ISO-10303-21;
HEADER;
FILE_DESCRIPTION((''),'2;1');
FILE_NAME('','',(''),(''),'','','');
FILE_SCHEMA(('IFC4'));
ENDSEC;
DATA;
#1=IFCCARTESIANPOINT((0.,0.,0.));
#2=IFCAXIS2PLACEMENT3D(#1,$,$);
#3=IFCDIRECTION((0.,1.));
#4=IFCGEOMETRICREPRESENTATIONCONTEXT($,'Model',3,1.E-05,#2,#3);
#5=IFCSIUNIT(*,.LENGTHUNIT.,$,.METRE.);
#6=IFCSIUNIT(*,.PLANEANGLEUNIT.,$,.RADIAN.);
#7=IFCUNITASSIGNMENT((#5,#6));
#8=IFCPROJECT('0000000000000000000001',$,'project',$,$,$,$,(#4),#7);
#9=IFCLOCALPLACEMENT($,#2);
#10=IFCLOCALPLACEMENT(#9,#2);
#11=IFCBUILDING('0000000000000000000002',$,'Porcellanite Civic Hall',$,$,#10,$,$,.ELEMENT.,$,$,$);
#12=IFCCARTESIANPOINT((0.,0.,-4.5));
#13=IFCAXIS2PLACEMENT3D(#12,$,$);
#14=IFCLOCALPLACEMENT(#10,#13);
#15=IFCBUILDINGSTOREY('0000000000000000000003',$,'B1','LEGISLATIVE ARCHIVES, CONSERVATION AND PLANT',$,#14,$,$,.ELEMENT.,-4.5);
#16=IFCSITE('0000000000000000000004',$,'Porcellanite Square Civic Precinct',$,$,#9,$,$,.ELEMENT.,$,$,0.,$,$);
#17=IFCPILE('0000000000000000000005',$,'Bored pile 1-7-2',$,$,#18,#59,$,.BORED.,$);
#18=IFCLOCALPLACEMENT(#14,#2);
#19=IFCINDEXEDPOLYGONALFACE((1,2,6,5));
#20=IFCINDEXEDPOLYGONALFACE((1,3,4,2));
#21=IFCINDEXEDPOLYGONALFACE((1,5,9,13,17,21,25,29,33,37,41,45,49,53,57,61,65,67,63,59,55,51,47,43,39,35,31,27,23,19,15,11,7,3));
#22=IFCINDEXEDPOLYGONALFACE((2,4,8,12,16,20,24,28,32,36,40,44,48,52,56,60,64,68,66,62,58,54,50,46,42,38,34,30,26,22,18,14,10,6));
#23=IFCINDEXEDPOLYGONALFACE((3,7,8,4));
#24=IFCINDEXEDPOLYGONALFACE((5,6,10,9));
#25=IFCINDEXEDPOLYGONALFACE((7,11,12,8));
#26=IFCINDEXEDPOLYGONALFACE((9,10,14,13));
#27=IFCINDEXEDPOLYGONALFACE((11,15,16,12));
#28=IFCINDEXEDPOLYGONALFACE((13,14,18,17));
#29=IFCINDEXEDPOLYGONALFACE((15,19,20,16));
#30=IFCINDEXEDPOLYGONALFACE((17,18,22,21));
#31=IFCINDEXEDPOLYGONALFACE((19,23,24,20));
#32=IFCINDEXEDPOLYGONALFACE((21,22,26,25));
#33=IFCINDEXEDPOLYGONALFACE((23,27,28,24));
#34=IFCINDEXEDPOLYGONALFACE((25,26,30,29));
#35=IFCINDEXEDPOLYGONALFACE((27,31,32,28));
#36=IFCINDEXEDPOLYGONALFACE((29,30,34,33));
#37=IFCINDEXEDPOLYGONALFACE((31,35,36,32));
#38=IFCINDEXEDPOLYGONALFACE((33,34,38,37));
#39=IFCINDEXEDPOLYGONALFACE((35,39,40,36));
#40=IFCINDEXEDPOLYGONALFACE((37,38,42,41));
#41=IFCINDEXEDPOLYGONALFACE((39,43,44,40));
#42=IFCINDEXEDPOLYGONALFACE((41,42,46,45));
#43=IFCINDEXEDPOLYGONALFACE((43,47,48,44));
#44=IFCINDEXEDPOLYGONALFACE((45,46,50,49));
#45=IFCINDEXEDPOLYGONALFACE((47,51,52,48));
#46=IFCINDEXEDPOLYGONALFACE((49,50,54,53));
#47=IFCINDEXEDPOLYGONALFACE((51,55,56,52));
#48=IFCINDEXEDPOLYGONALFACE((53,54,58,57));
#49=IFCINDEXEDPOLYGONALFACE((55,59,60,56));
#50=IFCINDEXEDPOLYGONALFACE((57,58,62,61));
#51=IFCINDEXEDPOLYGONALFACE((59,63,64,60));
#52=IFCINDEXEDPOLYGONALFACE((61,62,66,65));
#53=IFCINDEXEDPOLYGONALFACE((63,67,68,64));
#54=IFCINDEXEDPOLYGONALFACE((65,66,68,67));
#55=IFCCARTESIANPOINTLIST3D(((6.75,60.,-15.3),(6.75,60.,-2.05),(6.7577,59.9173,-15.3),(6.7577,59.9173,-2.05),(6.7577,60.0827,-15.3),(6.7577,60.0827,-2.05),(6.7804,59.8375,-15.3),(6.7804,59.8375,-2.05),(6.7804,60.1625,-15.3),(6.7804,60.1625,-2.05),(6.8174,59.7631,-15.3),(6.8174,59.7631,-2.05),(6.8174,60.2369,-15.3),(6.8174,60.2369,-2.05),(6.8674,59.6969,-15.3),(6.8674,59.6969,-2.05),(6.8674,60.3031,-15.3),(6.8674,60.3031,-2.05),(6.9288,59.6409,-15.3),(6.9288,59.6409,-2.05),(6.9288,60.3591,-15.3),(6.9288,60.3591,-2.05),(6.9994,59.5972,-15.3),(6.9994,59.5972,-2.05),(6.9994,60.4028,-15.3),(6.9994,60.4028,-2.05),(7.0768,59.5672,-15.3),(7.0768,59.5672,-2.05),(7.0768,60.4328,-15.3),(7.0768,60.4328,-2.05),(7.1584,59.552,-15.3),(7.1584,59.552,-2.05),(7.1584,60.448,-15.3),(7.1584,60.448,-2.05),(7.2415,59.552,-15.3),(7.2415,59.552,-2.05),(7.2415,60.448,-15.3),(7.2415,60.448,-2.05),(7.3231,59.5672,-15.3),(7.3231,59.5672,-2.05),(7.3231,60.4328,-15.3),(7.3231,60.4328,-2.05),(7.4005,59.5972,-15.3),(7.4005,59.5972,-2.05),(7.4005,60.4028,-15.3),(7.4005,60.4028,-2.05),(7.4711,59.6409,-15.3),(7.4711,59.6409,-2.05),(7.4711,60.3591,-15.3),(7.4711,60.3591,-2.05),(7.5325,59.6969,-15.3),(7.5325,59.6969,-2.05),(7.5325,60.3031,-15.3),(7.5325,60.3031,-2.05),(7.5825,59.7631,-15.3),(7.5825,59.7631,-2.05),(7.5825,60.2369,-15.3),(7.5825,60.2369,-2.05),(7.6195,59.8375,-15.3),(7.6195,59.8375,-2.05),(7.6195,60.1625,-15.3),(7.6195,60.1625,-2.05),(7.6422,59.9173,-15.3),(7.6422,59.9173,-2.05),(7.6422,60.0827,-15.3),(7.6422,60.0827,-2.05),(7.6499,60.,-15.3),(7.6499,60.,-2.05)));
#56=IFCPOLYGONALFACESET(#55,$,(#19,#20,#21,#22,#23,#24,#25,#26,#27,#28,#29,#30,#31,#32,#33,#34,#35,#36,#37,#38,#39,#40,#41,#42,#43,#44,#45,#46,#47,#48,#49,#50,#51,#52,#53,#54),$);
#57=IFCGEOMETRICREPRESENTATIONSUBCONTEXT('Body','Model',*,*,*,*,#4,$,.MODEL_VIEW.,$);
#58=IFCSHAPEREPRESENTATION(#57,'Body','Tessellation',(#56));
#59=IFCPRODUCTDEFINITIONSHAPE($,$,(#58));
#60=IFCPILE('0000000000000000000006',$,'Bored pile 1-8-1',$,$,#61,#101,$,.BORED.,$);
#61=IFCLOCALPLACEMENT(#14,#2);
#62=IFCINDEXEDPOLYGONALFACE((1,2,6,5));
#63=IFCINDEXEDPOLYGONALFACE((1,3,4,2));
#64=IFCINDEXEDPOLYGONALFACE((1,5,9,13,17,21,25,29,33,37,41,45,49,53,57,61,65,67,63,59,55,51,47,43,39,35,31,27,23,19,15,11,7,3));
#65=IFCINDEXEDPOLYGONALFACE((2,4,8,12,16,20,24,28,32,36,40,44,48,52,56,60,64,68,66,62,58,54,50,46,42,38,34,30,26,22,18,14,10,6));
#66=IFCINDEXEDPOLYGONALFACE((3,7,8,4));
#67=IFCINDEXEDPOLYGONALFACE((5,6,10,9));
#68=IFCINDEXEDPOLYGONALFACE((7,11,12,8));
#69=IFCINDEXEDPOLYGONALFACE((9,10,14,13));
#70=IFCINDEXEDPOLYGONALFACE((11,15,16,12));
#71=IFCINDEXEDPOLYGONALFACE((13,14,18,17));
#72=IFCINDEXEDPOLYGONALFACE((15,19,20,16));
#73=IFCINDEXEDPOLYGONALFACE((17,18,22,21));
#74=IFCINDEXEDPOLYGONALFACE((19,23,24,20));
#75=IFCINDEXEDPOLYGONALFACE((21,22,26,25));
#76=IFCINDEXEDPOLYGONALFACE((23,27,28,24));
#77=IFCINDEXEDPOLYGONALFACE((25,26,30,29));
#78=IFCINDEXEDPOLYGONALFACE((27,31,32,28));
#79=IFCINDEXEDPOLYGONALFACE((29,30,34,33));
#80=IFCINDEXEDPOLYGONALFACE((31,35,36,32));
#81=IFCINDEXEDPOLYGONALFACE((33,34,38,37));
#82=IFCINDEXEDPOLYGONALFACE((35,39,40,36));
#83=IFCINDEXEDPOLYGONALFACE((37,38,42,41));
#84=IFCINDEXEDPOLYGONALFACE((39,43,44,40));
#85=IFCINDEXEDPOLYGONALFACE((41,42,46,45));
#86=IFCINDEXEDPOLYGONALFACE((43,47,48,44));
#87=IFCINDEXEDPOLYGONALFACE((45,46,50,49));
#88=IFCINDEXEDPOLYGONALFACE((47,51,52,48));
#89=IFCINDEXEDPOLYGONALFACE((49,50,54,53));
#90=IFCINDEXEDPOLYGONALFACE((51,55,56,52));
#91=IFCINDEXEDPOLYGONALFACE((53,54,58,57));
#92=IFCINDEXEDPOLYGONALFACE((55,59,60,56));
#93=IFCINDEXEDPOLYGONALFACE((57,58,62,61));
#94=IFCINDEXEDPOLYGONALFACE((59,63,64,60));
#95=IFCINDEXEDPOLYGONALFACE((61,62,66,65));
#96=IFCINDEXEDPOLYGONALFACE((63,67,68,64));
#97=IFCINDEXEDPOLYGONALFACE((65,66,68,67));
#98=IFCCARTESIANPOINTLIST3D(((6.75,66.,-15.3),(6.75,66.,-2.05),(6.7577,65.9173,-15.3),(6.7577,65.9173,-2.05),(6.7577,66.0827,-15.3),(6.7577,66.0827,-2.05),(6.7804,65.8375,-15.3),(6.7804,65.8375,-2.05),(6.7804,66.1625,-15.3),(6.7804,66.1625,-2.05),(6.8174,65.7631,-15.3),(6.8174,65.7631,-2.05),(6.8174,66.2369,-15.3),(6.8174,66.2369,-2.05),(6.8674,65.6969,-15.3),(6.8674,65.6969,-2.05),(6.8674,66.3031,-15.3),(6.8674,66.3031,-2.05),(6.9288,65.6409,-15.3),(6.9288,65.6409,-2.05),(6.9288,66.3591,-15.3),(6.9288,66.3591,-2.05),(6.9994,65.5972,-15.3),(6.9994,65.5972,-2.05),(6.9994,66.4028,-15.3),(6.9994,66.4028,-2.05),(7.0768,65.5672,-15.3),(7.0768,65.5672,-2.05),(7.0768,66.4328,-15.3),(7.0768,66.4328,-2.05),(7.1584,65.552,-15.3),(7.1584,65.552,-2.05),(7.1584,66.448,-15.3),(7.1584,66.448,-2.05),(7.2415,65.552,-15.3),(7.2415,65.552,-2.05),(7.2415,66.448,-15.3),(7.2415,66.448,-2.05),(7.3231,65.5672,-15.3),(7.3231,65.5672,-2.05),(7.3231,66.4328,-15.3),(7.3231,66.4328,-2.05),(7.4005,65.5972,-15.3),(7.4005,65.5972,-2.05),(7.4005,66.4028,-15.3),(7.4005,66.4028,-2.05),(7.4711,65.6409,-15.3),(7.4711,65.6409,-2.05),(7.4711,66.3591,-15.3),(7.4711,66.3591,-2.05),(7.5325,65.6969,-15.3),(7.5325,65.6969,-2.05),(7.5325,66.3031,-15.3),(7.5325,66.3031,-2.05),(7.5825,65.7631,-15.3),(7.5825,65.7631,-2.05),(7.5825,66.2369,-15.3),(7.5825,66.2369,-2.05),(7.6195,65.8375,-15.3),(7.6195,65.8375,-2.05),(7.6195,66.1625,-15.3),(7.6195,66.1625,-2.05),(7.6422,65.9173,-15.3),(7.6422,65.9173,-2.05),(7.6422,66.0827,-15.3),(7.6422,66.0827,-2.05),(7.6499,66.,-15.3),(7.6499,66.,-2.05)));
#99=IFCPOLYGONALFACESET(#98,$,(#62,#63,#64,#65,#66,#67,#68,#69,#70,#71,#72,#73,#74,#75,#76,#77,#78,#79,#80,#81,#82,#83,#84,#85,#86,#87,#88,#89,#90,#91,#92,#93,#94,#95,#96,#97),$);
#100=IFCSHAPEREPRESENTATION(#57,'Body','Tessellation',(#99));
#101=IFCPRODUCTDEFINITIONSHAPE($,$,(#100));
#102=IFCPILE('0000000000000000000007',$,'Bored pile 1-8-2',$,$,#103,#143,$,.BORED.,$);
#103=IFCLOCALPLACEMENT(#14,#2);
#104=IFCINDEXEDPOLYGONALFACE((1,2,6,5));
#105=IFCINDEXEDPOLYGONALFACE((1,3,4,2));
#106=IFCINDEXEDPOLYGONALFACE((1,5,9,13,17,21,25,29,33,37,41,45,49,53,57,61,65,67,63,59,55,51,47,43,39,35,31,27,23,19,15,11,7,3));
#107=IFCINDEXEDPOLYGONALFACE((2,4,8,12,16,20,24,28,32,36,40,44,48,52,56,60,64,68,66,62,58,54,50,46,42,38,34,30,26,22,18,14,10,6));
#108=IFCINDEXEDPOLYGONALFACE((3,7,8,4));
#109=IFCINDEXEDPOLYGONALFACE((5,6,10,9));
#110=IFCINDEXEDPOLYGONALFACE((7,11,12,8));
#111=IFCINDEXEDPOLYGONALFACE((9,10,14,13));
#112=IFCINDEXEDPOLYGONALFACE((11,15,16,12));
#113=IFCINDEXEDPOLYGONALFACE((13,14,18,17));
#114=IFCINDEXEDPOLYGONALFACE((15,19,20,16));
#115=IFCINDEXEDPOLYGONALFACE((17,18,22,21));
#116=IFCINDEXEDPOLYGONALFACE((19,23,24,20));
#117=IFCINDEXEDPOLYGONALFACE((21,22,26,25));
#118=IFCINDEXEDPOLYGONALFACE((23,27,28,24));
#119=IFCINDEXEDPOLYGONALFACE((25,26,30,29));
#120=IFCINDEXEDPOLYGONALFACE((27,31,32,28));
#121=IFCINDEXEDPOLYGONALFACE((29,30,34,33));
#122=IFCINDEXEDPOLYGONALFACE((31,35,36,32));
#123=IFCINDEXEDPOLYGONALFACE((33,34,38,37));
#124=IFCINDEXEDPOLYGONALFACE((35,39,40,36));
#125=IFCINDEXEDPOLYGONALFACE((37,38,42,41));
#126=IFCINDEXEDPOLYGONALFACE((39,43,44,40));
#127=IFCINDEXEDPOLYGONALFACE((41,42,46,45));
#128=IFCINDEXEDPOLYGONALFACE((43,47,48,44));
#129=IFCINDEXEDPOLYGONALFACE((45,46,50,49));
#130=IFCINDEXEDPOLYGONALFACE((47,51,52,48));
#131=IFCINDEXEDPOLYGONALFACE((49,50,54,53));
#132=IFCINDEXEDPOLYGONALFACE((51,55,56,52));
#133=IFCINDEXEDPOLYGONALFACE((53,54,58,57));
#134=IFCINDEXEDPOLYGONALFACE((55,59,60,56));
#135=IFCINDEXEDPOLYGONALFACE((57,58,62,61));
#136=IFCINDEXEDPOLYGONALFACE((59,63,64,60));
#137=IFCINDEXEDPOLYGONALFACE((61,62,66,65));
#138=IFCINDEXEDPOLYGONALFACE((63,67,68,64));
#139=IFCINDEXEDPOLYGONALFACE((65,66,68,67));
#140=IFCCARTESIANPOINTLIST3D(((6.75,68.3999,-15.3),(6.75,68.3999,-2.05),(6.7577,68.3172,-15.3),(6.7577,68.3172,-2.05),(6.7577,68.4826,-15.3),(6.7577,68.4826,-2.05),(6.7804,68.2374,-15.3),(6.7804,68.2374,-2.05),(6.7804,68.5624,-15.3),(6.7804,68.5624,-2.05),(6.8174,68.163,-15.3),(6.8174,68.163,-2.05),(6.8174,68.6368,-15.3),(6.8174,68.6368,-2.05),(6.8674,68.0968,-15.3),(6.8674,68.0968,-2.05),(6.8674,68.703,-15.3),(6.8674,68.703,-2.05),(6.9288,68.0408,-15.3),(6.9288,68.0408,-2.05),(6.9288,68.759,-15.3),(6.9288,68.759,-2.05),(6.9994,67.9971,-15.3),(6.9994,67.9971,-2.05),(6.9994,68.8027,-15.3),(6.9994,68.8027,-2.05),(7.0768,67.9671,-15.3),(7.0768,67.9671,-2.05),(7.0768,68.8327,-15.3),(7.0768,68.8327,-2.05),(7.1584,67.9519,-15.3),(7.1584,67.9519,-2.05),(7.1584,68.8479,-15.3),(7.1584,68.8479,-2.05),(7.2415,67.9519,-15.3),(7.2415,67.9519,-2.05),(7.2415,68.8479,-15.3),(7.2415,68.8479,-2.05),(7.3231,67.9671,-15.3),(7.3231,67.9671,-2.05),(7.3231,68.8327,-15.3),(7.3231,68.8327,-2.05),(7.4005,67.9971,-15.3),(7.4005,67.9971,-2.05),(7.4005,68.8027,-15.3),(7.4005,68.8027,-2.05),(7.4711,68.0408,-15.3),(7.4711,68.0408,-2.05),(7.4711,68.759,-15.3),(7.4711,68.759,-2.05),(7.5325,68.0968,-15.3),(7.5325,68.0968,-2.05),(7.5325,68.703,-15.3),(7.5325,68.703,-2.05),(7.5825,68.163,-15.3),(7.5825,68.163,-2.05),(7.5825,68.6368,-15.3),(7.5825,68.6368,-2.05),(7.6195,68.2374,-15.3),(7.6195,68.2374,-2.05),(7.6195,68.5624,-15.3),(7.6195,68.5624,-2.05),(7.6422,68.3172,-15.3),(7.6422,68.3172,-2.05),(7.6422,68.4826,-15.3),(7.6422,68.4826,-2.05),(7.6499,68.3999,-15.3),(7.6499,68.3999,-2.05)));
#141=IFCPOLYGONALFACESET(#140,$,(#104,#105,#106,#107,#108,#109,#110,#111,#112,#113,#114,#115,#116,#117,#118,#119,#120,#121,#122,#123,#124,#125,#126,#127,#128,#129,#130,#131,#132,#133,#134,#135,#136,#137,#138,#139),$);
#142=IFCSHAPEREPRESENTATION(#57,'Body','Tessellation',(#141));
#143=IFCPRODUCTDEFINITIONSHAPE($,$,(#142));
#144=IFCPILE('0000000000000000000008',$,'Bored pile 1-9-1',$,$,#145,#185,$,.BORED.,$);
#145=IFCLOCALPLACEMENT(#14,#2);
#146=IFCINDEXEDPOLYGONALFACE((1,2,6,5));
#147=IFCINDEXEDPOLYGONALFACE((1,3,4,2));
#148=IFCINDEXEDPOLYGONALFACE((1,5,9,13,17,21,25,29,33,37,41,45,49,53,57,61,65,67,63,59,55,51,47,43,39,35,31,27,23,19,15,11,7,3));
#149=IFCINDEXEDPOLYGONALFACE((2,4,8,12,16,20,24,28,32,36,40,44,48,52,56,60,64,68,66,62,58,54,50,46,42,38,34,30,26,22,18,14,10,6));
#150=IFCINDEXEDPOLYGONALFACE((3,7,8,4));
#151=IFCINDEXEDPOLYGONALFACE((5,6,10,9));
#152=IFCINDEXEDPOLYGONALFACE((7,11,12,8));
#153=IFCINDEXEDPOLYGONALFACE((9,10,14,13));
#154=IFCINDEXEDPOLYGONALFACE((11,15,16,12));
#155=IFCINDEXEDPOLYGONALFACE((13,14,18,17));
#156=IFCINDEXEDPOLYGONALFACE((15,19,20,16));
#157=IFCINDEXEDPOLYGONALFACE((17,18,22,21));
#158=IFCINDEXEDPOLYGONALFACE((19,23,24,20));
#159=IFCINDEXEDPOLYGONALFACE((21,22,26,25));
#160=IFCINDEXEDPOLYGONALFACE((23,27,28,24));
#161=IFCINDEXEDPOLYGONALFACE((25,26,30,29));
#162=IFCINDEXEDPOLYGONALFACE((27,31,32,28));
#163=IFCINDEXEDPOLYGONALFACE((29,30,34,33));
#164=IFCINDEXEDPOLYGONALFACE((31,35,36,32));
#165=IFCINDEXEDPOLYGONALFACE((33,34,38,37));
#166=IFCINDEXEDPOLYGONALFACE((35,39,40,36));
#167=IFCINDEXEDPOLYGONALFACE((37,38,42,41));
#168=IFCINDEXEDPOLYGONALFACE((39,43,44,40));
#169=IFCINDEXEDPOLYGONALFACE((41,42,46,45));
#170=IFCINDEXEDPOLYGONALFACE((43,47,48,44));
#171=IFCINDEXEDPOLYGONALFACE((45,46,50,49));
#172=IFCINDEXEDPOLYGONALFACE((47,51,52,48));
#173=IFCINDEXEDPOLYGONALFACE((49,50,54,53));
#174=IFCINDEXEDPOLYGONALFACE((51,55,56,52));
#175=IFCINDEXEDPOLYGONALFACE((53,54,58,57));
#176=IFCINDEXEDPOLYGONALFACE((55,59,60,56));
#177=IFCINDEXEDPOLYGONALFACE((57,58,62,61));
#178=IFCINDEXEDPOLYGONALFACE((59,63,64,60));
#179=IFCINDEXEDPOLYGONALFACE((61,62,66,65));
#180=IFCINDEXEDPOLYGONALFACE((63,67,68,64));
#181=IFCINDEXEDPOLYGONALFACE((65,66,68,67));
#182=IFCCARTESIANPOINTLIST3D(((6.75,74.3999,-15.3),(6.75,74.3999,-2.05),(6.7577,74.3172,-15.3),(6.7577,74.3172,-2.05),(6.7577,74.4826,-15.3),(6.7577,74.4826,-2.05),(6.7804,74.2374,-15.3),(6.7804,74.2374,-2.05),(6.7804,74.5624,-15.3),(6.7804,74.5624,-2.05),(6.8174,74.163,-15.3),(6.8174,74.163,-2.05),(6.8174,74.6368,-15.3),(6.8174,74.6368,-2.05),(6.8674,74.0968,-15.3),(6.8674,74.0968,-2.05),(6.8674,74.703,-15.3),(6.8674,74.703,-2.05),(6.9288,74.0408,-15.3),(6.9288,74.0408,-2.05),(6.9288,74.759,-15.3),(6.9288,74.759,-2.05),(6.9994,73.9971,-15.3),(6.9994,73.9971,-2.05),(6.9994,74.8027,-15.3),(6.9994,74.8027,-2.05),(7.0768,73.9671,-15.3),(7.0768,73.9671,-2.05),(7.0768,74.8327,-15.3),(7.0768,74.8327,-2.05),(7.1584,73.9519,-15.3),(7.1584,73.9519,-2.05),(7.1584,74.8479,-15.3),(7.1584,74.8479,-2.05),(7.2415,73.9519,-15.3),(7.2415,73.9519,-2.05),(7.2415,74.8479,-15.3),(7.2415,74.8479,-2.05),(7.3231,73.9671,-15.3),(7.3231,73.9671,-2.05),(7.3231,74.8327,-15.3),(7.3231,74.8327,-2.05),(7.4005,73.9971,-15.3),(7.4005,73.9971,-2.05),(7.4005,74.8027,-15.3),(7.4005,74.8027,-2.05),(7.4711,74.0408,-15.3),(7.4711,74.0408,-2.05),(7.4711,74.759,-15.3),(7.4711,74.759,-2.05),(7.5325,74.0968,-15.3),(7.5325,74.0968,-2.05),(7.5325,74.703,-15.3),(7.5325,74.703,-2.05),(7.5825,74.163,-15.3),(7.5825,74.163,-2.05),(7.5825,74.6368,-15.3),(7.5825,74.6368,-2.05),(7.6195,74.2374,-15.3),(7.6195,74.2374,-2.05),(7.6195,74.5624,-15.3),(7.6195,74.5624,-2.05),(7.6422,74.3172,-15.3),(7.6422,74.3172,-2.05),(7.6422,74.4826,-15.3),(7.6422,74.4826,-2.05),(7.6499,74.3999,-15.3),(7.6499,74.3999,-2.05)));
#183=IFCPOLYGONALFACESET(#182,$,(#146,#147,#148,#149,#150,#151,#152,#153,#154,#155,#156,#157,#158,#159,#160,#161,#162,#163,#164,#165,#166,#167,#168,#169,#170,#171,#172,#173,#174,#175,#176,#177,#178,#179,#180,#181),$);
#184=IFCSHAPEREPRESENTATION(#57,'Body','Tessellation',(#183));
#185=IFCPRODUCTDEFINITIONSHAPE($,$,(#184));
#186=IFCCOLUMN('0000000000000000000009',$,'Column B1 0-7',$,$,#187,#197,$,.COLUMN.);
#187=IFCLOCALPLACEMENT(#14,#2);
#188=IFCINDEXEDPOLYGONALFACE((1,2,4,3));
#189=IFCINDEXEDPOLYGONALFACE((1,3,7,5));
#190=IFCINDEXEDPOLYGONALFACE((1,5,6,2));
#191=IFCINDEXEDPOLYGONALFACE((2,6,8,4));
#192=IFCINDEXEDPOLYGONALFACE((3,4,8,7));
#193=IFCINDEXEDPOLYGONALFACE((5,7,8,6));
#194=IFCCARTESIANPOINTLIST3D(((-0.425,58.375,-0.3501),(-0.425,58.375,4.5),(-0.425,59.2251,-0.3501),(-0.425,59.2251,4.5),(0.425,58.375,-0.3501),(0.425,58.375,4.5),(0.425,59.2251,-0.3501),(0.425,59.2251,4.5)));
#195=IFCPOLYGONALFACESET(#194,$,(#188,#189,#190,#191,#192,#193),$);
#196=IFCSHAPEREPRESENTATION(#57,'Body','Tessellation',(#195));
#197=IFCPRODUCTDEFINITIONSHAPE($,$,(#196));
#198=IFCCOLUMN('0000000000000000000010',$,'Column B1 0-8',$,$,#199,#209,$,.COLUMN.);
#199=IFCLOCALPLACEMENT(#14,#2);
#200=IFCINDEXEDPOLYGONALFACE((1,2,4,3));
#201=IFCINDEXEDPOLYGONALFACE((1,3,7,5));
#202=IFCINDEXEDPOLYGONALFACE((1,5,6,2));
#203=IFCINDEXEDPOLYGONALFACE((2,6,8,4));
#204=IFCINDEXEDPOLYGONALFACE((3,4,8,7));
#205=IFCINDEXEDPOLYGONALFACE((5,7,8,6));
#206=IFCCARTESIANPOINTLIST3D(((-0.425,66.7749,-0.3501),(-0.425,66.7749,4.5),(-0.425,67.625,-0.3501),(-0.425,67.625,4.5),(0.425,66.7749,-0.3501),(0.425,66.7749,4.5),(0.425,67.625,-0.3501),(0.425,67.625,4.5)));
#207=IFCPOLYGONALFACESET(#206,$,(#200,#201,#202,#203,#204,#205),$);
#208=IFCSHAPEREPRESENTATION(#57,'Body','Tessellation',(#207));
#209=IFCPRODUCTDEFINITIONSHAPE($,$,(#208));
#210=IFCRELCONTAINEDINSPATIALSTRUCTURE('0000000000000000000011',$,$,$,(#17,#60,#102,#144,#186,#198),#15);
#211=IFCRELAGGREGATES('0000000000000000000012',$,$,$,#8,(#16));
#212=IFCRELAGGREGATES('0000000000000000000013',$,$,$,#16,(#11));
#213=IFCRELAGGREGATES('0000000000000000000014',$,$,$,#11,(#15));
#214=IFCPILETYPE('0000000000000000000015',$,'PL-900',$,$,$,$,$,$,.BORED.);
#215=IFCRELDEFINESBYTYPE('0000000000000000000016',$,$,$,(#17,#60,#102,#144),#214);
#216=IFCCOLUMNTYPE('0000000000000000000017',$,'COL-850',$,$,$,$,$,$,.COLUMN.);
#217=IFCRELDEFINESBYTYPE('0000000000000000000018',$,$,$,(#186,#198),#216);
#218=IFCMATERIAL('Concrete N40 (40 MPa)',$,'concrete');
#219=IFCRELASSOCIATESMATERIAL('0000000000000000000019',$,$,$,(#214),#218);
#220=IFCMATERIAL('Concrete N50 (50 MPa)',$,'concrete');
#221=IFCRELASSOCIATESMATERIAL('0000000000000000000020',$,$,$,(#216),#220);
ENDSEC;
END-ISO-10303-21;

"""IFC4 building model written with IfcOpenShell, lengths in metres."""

from ifc_helpers import new_model, si_unit, direction, frame, origin, origin_2d, place, context, subcontext, project, spatial, rectangle, circle, extrude, material, material_profile, profile_set, type_object, element, save


model = new_model("IFC4")

# Units and contexts
model_context = context("Model", 3, precision=1e-05, world=origin(), true_north=direction((0.0, 1.0)))
body_context = subcontext(model_context, "Body", "Model", "MODEL_VIEW")
ifc_project = project(units=[si_unit("LENGTHUNIT", "METRE"), si_unit("PLANEANGLEUNIT", "RADIAN")], contexts=[model_context])

# Site, building, storey
site_placement = place(None, origin())
site = spatial("IfcSite", under=ifc_project, at=site_placement, Name="Porcellanite Square Civic Precinct", CompositionType="ELEMENT", RefElevation=0.0)
building_placement = place(site_placement, origin())
building = spatial("IfcBuilding", under=site, at=building_placement, Name="Porcellanite Civic Hall", CompositionType="ELEMENT")
storey_placement = place(building_placement, frame((0.0, 0.0, -4.5)))
storey = spatial("IfcBuildingStorey", under=building, at=storey_placement, Name="B1", Description="LEGISLATIVE ARCHIVES, CONSERVATION AND PLANT", CompositionType="ELEMENT", Elevation=-4.5)

# Piles
ifc_material_1 = material(Name="Concrete N40 (40 MPa)", Category="concrete")
ifc_material_profile_1 = material_profile(ifc_material_1, circle(Radius=0.45, at=origin_2d()), Name="PILE-D900")
ifc_profile_set_1 = profile_set([ifc_material_profile_1], Name="Concrete N40 (40 MPa)")
pile_type_1 = type_object("IfcPileType", Name="PL-900", PredefinedType="BORED", material=ifc_profile_set_1)
for number, where, z_axis, x_axis, name in (
    (1, (7.2, 60.0, -2.05), (0.0, 0.0, -1.0), (1.0, 0.0, 0.0), "Bored pile 1-7-2"),
    (2, (7.2, 66.0, -2.05), (0.0, 0.0, -1.0), (1.0, 0.0, 0.0), "Bored pile 1-8-1"),
    (3, (7.2, 68.3999, -2.05), (0.0, 0.0, -1.0), (1.0, 0.0, 0.0), "Bored pile 1-8-2"),
    (4, (7.2, 74.3999, -2.05), (0.0, 0.0, -1.0), (1.0, 0.0, 0.0), "Bored pile 1-9-1"),
):
    element("IfcPile", number, at=place(storey_placement, frame(where, z_axis=z_axis, x_axis=x_axis)), inside=storey, type_object=pile_type_1, Name=name, PredefinedType="BORED", context=body_context, shape_type="SweptSolid", body=[
        extrude(circle(Radius=0.45, at=origin_2d()), origin(), (0.0, 0.0, 1.0), 13.25),
    ])

# Columns
ifc_material_2 = material(Name="Concrete N50 (50 MPa)", Category="concrete")
ifc_material_profile_2 = material_profile(ifc_material_2, rectangle(XDim=0.8501, YDim=0.8501, at=origin_2d()), Name="RC-850x850")
ifc_profile_set_2 = profile_set([ifc_material_profile_2], Name="Concrete N50 (50 MPa)")
column_type_1 = type_object("IfcColumnType", Name="COL-850", PredefinedType="COLUMN", material=ifc_profile_set_2)
for number, where, z_axis, x_axis, name in (
    (5, (0.0, 58.8, -0.3501), (0.0, 0.0, 1.0), (1.0, 0.0, 0.0), "Column B1 0-7"),
    (6, (0.0, 67.2, -0.3501), (0.0, 0.0, 1.0), (1.0, 0.0, 0.0), "Column B1 0-8"),
):
    element("IfcColumn", number, at=place(storey_placement, frame(where, z_axis=z_axis, x_axis=x_axis)), inside=storey, type_object=column_type_1, Name=name, PredefinedType="COLUMN", context=body_context, shape_type="SweptSolid", body=[
        extrude(rectangle(XDim=0.8501, YDim=0.8501, at=origin_2d()), origin(), (0.0, 0.0, 1.0), 4.8501),
    ])

save(model, "model.ifc")
